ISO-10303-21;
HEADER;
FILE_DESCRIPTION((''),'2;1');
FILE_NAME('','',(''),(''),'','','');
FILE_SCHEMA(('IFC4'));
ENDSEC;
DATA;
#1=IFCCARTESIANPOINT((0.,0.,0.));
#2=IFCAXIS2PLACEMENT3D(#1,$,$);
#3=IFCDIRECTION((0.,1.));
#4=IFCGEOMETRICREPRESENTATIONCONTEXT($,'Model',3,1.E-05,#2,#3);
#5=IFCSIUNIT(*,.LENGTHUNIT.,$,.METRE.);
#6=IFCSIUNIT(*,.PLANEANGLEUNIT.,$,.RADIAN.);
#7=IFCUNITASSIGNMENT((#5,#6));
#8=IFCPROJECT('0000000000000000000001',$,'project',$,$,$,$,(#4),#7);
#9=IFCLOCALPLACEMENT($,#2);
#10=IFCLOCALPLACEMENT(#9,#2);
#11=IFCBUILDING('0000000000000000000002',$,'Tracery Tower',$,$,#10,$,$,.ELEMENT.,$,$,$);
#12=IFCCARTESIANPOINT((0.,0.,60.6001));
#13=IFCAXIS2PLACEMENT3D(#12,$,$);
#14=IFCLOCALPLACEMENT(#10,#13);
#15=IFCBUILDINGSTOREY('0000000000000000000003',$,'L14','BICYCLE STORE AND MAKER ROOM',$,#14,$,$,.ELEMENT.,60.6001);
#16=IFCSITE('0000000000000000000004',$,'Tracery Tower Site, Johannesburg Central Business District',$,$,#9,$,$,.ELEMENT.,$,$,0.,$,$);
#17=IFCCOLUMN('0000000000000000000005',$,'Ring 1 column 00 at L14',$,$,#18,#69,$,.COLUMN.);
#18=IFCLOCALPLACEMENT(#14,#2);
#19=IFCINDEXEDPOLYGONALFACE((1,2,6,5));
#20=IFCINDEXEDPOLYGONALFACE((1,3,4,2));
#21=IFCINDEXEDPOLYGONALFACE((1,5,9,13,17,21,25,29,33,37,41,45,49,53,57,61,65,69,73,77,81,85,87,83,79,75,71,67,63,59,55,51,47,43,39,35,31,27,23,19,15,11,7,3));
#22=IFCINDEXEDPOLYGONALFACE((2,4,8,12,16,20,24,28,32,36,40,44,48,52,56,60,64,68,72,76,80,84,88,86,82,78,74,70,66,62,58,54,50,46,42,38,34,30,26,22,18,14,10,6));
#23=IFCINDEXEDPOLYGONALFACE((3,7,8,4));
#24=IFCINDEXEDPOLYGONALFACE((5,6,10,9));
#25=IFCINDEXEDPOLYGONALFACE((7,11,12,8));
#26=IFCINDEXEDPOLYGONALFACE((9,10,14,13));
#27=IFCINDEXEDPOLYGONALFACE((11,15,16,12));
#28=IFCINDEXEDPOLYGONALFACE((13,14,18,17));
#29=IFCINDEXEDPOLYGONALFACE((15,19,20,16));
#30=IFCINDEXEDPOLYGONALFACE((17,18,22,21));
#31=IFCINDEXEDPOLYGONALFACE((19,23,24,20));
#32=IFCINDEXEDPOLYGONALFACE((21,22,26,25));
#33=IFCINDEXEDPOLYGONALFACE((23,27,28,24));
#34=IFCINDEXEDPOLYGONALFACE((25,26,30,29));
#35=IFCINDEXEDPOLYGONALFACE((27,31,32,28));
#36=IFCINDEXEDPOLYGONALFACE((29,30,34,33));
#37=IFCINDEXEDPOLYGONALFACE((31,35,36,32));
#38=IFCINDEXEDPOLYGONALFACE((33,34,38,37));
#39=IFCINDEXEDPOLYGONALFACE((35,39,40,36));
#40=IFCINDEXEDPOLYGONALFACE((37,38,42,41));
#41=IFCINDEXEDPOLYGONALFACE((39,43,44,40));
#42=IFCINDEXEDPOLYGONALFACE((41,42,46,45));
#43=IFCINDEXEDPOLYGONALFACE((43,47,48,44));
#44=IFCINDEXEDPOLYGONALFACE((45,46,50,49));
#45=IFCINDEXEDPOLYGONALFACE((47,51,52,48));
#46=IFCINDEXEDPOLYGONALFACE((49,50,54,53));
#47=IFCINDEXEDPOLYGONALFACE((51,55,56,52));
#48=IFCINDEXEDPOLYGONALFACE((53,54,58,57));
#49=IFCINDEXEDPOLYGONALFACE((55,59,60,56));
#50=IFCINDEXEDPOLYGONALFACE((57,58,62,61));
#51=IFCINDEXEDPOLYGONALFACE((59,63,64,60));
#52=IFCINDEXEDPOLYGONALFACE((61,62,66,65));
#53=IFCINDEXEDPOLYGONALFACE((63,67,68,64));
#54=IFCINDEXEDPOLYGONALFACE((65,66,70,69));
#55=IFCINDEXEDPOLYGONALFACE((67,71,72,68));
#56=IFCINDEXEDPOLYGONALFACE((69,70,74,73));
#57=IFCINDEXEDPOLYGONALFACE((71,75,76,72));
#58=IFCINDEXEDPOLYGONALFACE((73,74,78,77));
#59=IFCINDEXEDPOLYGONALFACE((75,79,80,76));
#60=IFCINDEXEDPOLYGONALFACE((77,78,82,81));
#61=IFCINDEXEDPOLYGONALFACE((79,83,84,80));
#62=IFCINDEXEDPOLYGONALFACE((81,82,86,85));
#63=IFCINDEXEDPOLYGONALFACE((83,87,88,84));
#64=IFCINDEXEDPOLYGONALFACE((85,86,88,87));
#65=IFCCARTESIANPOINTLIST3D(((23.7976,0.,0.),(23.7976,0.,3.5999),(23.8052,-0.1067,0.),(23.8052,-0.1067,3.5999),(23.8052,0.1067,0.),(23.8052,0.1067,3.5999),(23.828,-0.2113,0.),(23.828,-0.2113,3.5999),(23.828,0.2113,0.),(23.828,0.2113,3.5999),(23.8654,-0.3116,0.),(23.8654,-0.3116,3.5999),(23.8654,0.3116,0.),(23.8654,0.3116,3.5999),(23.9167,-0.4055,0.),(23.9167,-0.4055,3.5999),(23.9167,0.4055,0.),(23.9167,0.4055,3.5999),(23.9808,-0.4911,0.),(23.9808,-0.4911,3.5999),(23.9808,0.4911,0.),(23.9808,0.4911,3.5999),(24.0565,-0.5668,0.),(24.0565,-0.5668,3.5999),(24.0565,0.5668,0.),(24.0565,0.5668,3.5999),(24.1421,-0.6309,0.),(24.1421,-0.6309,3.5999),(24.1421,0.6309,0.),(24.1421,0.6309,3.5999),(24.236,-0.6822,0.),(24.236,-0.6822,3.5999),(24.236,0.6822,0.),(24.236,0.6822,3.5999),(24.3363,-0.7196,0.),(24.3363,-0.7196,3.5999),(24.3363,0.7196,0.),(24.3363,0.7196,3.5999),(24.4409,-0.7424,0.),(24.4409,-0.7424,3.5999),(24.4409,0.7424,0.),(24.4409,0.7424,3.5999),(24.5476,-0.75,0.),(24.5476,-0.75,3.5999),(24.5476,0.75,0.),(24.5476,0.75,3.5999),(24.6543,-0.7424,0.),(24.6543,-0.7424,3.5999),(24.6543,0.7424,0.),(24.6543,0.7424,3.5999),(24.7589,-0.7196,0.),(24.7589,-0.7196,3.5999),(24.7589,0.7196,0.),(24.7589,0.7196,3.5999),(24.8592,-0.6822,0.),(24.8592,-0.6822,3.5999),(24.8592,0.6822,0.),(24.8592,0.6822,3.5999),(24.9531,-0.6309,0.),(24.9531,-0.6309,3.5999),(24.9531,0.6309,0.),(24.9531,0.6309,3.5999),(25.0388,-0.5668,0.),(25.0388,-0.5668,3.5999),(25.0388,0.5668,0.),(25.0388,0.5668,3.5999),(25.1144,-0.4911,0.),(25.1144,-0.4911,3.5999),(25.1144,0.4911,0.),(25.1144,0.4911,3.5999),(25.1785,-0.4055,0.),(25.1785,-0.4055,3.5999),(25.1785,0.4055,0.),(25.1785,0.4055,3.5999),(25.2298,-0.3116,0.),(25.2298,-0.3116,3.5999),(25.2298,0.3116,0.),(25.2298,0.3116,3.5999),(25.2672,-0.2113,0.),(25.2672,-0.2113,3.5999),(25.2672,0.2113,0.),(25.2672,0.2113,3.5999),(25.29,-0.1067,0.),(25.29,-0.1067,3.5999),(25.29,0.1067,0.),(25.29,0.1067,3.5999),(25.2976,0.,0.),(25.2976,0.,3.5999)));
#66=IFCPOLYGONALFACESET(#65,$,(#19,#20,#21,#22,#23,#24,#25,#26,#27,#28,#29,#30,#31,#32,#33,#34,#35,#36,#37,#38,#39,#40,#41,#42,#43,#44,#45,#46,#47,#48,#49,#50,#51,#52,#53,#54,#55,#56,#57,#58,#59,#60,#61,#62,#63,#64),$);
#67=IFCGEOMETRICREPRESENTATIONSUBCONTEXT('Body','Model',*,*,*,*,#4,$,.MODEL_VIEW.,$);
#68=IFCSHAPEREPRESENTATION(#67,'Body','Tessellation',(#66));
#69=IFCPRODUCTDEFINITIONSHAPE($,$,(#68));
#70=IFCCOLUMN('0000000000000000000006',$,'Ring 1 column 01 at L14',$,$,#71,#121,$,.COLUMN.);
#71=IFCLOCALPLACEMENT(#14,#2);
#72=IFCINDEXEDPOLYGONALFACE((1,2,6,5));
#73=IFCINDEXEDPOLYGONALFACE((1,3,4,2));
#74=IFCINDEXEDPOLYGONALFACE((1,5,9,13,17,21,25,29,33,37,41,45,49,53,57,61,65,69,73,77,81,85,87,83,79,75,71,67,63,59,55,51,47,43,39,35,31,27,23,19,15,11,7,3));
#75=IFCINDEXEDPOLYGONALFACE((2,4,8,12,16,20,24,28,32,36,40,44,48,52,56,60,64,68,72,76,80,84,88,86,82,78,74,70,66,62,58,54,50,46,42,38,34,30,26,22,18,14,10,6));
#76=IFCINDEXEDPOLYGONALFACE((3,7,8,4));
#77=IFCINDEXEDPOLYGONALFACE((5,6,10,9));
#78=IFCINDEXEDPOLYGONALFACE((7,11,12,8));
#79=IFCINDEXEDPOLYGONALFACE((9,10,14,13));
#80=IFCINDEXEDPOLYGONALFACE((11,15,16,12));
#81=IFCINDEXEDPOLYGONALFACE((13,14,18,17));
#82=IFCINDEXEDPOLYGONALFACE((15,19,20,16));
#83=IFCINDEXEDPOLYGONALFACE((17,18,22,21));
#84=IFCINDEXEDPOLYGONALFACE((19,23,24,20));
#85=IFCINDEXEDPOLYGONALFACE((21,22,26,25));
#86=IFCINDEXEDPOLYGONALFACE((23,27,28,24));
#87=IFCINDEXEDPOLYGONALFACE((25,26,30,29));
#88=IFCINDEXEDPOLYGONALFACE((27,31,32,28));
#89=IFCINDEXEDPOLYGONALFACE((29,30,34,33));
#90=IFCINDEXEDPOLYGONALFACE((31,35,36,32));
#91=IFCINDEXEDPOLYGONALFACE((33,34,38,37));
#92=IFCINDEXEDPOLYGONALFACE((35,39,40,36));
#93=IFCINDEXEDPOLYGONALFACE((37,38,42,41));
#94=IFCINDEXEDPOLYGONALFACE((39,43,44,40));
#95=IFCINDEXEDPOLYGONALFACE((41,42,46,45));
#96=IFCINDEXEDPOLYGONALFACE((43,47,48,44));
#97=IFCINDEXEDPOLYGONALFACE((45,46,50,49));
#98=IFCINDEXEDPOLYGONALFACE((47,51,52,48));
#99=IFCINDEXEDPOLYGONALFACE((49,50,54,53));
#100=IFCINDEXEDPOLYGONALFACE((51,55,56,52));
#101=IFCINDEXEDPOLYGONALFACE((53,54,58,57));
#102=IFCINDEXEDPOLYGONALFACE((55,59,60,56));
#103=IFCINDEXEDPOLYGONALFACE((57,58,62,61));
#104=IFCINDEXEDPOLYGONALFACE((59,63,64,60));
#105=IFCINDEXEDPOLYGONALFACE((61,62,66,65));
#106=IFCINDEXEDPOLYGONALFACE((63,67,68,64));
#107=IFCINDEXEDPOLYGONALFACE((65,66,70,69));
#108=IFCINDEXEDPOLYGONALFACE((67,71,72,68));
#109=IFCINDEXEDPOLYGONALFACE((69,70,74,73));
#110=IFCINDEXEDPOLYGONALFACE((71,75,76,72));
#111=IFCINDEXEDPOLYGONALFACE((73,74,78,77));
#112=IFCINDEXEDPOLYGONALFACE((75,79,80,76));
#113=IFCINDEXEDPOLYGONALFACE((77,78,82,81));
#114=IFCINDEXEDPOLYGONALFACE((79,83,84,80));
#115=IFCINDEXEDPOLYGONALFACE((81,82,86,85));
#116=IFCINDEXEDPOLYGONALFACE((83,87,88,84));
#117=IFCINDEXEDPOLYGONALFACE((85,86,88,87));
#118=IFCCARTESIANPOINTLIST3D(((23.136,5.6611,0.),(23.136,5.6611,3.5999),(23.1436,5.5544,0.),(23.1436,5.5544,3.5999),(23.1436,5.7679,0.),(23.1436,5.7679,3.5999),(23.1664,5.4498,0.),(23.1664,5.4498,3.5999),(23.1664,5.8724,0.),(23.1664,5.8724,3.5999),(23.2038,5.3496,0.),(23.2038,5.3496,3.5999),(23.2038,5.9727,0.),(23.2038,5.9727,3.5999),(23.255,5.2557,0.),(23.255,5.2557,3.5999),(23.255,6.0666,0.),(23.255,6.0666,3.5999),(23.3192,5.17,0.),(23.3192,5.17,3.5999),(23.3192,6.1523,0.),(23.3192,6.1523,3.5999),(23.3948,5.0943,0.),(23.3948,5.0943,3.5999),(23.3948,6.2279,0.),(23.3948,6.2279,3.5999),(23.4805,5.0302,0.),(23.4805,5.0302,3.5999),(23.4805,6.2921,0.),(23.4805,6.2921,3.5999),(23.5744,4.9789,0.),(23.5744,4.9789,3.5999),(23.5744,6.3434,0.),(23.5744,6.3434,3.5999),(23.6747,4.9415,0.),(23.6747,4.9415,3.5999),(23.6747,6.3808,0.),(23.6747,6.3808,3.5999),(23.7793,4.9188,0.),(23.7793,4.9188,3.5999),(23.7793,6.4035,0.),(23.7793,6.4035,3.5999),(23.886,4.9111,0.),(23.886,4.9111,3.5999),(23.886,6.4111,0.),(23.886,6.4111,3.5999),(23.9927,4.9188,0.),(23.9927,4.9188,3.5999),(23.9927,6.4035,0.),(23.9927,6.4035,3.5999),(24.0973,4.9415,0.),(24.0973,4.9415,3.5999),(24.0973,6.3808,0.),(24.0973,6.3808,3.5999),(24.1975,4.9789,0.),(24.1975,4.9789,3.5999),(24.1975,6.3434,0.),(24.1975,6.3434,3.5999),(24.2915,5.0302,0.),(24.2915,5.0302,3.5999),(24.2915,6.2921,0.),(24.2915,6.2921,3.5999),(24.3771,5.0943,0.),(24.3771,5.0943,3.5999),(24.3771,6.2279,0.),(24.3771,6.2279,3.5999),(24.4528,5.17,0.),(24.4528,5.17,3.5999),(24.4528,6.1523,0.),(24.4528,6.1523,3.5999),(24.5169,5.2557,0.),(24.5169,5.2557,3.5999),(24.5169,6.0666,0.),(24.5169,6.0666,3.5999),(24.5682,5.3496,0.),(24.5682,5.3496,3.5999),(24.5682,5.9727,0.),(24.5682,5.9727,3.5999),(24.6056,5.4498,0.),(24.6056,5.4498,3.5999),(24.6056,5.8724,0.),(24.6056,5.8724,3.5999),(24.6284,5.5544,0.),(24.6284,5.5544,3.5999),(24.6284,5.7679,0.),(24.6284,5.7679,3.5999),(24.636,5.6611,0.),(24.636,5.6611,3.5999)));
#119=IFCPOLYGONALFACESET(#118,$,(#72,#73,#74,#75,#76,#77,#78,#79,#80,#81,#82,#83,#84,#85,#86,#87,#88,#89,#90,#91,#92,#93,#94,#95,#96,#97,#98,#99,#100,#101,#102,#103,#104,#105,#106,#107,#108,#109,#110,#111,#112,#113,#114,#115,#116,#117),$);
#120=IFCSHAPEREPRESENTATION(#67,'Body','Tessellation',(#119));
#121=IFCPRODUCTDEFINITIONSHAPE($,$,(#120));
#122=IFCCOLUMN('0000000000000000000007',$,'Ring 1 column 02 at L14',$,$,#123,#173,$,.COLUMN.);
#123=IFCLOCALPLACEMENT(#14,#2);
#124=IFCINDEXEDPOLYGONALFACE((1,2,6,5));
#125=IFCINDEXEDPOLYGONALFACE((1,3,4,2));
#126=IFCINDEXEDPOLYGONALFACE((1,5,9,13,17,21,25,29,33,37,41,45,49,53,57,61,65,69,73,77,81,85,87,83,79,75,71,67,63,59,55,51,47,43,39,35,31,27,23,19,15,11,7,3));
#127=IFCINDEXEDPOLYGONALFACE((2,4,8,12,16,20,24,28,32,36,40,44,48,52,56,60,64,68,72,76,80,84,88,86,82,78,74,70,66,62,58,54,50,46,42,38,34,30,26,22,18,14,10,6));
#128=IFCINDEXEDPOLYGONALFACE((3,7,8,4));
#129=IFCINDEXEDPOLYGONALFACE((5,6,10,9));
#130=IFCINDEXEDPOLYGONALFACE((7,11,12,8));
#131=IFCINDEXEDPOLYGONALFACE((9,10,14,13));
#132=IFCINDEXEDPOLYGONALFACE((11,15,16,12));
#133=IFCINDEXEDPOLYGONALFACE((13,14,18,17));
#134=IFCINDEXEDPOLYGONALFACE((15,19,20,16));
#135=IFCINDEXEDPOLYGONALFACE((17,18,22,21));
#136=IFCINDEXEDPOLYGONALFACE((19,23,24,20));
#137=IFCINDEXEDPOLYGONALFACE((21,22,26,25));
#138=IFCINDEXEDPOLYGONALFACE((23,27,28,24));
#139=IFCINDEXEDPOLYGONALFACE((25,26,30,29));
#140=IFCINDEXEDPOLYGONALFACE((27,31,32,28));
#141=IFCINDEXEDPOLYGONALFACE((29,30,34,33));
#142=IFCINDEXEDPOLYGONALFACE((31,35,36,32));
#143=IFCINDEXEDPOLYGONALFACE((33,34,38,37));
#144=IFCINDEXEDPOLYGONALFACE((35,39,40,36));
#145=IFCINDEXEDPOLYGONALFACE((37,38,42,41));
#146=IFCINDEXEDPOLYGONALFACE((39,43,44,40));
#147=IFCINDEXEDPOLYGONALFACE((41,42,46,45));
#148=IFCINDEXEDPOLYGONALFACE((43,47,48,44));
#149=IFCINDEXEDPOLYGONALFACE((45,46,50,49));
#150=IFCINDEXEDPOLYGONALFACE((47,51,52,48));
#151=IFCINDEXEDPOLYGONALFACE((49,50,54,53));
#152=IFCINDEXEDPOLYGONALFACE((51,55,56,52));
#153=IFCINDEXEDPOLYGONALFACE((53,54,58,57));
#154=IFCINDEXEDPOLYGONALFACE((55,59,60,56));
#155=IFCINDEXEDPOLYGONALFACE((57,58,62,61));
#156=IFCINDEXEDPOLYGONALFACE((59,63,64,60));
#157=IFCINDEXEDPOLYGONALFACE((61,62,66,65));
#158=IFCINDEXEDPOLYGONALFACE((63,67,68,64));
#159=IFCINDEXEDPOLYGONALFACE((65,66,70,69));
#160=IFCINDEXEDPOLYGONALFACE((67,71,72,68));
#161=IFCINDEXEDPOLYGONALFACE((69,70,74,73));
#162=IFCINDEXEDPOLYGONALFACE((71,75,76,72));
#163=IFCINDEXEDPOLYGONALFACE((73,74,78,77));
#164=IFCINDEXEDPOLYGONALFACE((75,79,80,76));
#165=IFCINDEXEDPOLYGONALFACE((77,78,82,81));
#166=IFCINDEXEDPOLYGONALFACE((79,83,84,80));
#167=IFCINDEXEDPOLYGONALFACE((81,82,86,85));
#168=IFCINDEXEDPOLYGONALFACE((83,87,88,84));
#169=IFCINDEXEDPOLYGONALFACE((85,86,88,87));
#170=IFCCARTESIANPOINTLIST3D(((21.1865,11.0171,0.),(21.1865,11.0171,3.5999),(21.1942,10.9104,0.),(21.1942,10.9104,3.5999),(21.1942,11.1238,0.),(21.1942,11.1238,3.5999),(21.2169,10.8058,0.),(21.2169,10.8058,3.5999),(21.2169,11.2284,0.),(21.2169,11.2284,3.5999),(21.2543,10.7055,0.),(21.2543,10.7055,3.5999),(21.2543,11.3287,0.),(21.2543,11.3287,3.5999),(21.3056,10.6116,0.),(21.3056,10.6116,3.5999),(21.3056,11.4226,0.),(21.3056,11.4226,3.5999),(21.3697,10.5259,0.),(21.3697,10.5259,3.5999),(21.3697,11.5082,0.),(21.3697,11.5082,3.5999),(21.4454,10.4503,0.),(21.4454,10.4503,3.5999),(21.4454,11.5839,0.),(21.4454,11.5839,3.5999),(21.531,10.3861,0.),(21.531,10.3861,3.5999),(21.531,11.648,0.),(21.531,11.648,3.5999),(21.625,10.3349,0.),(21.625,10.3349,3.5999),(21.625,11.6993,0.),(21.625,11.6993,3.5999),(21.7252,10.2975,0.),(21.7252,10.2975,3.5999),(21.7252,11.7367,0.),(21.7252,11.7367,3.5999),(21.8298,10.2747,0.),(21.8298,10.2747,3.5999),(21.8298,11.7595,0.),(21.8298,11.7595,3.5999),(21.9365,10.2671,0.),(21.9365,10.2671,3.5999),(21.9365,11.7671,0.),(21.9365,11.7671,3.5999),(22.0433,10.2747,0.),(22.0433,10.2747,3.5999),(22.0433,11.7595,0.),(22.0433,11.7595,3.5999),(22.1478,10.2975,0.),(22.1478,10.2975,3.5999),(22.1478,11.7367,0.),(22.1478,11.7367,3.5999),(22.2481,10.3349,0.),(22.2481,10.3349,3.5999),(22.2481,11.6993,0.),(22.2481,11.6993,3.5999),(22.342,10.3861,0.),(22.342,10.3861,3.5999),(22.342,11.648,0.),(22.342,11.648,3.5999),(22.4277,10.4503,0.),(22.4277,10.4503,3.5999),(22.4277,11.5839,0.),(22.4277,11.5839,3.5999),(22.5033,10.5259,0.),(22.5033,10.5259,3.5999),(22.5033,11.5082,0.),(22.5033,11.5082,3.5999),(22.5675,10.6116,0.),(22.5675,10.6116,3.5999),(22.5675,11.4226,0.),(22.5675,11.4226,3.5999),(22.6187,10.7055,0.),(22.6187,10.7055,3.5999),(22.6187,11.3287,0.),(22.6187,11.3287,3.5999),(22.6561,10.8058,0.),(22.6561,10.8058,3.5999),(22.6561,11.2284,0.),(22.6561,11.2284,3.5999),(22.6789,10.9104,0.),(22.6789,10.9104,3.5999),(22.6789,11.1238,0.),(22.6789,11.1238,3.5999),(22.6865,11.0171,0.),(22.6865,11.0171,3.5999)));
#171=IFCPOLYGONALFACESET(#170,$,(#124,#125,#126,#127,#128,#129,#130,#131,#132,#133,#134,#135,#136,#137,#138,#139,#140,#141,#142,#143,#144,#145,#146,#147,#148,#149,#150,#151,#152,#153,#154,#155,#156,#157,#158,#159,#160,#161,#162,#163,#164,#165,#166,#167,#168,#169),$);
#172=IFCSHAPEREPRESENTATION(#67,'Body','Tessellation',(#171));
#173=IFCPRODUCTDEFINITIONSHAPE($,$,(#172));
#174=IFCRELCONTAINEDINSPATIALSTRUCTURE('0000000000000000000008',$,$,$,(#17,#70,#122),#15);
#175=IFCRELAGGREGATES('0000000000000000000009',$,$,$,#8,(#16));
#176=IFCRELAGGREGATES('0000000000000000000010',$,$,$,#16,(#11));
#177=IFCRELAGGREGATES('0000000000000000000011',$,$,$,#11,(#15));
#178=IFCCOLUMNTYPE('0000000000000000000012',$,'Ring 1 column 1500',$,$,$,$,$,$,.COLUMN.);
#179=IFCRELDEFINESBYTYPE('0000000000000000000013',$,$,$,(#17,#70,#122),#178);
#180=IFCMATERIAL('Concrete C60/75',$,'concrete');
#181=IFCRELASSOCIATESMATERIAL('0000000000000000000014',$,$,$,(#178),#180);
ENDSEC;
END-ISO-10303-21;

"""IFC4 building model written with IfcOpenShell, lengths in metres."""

from ifc_helpers import new_model, si_unit, direction, frame, origin, origin_2d, place, context, subcontext, project, spatial, circle, extrude, material, material_profile, profile_set, type_object, element, save


model = new_model("IFC4")

# Units and contexts
model_context = context("Model", 3, precision=1e-05, world=origin(), true_north=direction((0.0, 1.0)))
body_context = subcontext(model_context, "Body", "Model", "MODEL_VIEW")
ifc_project = project(units=[si_unit("LENGTHUNIT", "METRE"), si_unit("PLANEANGLEUNIT", "RADIAN")], contexts=[model_context])

# Site, building, storey
site_placement = place(None, origin())
site = spatial("IfcSite", under=ifc_project, at=site_placement, Name="Tracery Tower Site, Johannesburg Central Business District", CompositionType="ELEMENT", RefElevation=0.0)
building_placement = place(site_placement, origin())
building = spatial("IfcBuilding", under=site, at=building_placement, Name="Tracery Tower", CompositionType="ELEMENT")
storey_placement = place(building_placement, frame((0.0, 0.0, 60.6001)))
storey = spatial("IfcBuildingStorey", under=building, at=storey_placement, Name="L14", Description="BICYCLE STORE AND MAKER ROOM", CompositionType="ELEMENT", Elevation=60.6001)

# Columns
ifc_material_1 = material(Name="Concrete C60/75", Category="concrete")
ifc_material_profile_1 = material_profile(ifc_material_1, circle(Radius=0.75, at=origin_2d()), Name="RC D1500")
ifc_profile_set_1 = profile_set([ifc_material_profile_1], Name="Concrete C60/75")
column_type_1 = type_object("IfcColumnType", Name="Ring 1 column 1500", PredefinedType="COLUMN", material=ifc_profile_set_1)
for number, where, z_axis, x_axis, name in (
    (1, (24.5476, 0.0, 0.0), (0.0, 0.0, 1.0), (1.0, 0.0, 0.0), "Ring 1 column 00 at L14"),
    (2, (23.886, 5.6611, 0.0), (0.0, 0.0, 1.0), (1.0, 0.0, 0.0), "Ring 1 column 01 at L14"),
    (3, (21.9365, 11.0171, 0.0), (0.0, 0.0, 1.0), (1.0, 0.0, 0.0), "Ring 1 column 02 at L14"),
):
    element("IfcColumn", number, at=place(storey_placement, frame(where, z_axis=z_axis, x_axis=x_axis)), inside=storey, type_object=column_type_1, Name=name, PredefinedType="COLUMN", context=body_context, shape_type="SweptSolid", body=[
        extrude(circle(Radius=0.75, at=origin_2d()), origin(), (0.0, 0.0, 1.0), 3.5999),
    ])

save(model, "model.ifc")
